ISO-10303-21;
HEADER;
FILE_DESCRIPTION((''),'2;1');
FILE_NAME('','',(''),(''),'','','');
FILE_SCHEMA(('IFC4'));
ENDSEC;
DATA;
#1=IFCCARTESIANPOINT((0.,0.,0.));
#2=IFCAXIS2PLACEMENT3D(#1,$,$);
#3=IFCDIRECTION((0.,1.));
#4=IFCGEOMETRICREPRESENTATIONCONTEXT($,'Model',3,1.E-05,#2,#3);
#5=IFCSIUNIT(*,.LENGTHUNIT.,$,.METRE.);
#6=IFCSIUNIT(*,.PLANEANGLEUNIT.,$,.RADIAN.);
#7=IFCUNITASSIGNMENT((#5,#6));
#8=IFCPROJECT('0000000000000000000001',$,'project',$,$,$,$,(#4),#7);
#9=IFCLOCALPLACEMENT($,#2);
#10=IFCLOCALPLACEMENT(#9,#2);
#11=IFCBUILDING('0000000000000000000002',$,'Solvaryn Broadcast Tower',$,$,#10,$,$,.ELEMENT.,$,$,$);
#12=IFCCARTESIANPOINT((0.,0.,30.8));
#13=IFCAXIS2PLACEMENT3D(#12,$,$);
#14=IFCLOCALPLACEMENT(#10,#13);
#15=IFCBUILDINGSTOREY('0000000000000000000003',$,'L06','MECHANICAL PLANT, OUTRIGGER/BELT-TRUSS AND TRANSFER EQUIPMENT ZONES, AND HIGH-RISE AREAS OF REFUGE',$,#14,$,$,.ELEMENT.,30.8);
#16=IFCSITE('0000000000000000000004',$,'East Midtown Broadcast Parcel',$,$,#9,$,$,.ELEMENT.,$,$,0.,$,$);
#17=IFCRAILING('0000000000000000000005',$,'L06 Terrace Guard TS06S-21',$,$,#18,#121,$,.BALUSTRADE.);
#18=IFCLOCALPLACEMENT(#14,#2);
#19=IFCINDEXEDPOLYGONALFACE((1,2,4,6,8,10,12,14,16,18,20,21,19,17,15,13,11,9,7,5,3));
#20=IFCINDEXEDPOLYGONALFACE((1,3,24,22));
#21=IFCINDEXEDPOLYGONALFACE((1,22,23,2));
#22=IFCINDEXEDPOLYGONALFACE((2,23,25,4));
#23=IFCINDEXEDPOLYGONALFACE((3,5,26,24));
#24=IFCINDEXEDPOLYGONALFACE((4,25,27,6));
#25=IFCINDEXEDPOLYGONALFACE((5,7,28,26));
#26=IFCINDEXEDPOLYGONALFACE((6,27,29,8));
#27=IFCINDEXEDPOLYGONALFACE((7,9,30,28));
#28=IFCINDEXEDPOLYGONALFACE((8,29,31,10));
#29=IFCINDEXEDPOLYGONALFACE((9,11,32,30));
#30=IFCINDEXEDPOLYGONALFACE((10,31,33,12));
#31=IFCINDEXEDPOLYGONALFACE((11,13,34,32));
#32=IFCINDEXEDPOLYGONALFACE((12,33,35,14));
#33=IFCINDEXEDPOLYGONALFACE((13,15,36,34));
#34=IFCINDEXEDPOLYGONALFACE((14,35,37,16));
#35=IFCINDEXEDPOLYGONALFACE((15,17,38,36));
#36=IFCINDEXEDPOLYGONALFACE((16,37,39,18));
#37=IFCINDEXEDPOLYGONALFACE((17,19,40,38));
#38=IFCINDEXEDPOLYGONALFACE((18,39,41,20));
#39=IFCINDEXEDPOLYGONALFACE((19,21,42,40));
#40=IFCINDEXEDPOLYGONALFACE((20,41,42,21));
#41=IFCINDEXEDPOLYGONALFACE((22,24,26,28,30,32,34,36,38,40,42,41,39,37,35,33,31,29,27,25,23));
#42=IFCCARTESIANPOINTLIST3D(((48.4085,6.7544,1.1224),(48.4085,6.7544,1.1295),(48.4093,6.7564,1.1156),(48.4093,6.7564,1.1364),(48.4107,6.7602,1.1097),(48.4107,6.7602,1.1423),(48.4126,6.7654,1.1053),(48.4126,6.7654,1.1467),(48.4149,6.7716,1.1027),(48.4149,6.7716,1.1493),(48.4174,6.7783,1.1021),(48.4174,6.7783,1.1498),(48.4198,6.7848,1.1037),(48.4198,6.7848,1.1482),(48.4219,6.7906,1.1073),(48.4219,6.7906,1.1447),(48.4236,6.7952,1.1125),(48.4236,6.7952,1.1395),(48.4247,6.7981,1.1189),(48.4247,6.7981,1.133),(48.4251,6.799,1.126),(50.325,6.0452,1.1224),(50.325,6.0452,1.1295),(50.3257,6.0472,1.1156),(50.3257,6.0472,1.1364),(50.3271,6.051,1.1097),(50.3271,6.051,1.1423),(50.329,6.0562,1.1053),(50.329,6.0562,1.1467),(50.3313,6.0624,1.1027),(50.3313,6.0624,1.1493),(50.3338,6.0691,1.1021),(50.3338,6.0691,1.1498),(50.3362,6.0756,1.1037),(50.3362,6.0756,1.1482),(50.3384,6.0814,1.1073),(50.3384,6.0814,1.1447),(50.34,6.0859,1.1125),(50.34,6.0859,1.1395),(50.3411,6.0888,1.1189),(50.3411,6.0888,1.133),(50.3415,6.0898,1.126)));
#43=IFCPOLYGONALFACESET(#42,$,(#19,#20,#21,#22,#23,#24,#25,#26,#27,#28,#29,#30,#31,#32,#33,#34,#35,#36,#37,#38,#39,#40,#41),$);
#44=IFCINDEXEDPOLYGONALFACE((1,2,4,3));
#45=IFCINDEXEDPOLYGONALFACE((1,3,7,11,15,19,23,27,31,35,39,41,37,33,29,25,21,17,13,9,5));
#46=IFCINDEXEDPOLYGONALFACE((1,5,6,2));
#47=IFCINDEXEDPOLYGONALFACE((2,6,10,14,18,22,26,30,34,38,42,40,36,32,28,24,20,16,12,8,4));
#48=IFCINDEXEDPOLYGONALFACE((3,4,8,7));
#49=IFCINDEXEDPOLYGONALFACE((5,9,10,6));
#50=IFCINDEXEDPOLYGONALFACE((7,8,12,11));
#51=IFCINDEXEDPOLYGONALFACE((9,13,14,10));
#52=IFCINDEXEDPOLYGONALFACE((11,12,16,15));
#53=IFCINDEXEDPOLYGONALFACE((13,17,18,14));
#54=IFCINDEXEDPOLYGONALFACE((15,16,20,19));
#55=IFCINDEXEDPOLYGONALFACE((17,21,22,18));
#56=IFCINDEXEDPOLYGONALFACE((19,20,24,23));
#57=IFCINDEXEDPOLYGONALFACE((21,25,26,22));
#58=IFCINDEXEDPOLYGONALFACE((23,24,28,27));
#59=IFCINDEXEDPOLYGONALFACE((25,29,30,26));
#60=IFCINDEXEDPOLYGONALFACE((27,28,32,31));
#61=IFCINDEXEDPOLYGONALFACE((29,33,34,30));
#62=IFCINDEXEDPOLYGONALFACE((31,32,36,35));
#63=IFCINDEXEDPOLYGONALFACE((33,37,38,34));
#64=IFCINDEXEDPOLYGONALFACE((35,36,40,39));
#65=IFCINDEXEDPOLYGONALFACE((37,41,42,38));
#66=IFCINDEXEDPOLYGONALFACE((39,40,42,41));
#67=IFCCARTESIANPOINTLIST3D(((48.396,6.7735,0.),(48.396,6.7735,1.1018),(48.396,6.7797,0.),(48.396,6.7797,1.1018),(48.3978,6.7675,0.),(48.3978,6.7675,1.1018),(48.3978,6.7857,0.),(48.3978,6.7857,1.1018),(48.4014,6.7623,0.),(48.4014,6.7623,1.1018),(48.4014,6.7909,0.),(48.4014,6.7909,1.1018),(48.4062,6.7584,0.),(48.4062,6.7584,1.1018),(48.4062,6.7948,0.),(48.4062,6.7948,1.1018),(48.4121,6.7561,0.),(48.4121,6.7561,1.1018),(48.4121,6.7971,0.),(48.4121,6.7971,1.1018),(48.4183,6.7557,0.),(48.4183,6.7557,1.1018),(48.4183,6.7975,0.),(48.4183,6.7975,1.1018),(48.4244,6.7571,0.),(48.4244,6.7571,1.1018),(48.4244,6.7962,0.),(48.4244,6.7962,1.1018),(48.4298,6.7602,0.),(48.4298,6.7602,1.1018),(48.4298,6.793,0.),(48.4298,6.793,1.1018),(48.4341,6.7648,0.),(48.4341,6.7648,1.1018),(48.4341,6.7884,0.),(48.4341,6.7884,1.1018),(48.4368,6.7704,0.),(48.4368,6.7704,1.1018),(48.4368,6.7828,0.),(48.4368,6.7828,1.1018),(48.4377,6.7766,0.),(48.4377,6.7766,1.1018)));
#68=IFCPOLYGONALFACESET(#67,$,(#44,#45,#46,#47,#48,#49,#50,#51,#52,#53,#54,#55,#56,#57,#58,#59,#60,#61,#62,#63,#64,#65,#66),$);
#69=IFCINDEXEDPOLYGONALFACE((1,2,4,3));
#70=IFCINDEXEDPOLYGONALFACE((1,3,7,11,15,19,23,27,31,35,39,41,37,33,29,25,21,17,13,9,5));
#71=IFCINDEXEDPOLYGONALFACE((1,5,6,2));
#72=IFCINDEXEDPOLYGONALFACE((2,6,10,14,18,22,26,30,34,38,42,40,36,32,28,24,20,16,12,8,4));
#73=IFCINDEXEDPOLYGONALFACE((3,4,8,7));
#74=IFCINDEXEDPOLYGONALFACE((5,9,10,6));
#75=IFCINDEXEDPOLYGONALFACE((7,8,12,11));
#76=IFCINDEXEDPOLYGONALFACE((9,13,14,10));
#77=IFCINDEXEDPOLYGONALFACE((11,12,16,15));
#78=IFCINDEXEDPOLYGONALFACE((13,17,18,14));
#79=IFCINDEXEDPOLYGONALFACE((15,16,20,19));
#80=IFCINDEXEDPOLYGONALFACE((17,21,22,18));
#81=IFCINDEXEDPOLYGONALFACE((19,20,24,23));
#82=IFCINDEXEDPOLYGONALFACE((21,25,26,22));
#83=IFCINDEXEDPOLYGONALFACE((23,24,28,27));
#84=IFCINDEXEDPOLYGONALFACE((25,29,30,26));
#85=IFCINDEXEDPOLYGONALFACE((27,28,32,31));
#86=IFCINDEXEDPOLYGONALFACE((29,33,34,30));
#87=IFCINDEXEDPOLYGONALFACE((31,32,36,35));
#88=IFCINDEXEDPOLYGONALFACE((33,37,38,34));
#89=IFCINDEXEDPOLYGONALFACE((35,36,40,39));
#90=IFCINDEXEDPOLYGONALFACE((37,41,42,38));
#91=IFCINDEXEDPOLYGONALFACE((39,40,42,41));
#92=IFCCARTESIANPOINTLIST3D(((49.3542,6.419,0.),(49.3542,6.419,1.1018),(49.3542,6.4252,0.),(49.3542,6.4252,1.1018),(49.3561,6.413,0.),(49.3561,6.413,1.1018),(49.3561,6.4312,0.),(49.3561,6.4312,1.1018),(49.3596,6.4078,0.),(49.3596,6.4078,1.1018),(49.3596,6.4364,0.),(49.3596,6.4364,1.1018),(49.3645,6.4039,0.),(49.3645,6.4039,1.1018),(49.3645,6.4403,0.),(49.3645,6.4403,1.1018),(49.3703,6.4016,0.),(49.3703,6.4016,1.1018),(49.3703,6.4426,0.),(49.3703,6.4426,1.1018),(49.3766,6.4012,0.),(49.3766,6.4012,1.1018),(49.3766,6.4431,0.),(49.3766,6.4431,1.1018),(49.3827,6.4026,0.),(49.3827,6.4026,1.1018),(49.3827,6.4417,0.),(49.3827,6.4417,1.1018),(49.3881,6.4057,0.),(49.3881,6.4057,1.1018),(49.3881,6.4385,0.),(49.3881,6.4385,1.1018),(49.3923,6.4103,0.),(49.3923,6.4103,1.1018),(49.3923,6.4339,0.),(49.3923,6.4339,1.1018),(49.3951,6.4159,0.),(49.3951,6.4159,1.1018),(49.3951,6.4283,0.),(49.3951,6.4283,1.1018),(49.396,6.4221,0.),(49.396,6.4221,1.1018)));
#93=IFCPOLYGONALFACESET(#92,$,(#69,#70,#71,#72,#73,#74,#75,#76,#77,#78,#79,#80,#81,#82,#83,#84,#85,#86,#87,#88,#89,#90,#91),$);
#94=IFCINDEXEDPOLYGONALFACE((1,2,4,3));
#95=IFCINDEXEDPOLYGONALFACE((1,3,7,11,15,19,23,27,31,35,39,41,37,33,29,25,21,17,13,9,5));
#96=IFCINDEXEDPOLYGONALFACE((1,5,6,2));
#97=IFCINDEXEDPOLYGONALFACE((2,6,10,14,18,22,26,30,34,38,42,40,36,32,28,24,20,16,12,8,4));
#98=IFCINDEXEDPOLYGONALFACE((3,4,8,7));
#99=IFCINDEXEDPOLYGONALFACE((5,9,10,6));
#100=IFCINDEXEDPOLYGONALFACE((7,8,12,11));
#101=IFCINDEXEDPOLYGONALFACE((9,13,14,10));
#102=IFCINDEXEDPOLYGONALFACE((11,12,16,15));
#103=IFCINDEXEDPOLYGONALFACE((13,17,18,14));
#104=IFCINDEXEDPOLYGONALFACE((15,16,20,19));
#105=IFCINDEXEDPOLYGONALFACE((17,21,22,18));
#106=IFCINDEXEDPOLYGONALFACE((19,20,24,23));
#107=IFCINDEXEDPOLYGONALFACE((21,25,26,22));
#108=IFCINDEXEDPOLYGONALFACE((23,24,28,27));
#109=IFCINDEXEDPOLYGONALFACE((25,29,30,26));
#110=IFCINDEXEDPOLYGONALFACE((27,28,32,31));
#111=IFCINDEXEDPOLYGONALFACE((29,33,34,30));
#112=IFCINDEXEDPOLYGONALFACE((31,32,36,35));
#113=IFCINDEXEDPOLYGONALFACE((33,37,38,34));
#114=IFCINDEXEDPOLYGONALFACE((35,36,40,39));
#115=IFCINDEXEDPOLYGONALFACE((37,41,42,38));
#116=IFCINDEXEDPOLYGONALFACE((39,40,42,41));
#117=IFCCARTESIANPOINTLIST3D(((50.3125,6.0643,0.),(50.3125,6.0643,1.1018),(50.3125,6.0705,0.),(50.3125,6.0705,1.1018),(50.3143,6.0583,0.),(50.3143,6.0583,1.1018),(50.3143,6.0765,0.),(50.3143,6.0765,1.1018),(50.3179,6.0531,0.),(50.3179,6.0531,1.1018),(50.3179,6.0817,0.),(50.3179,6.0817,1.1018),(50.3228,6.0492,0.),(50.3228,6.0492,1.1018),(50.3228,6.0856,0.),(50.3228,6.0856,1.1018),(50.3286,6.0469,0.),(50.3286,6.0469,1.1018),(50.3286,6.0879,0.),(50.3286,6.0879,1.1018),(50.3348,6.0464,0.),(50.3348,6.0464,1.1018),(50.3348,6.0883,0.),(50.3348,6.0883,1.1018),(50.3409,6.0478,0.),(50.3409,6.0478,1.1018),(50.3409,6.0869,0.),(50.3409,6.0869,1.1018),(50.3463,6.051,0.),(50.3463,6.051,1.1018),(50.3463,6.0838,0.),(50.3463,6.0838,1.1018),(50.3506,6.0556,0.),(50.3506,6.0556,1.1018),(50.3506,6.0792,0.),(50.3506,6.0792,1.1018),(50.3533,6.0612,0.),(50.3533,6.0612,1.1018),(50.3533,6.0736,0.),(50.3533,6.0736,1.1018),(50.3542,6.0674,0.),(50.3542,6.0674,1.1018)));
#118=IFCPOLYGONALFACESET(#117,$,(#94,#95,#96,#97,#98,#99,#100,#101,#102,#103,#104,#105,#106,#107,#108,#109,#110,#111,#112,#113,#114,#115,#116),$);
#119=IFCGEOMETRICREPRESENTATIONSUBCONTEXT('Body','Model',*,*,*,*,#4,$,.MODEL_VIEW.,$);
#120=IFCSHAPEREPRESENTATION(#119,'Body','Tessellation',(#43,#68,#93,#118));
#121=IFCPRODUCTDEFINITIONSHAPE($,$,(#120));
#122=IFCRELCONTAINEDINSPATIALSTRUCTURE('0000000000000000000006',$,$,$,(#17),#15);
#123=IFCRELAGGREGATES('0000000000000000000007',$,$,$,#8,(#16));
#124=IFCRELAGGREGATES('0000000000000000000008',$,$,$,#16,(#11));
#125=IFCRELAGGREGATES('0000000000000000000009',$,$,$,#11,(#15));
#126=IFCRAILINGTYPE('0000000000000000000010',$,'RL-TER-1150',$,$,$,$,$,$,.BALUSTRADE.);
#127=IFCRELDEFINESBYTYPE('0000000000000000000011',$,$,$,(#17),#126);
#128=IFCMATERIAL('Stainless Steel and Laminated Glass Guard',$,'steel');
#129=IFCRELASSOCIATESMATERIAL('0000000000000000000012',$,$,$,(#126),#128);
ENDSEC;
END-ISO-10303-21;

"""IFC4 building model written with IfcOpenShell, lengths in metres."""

from ifc_helpers import new_model, si_unit, direction, frame, origin, origin_2d, place, context, subcontext, project, spatial, circle, extrude, material, type_object, element, save


model = new_model("IFC4")

# Units and contexts
model_context = context("Model", 3, precision=1e-05, world=origin(), true_north=direction((0.0, 1.0)))
body_context = subcontext(model_context, "Body", "Model", "MODEL_VIEW")
ifc_project = project(units=[si_unit("LENGTHUNIT", "METRE"), si_unit("PLANEANGLEUNIT", "RADIAN")], contexts=[model_context])

# Site, building, storey
site_placement = place(None, origin())
site = spatial("IfcSite", under=ifc_project, at=site_placement, Name="East Midtown Broadcast Parcel", CompositionType="ELEMENT", RefElevation=0.0)
building_placement = place(site_placement, origin())
building = spatial("IfcBuilding", under=site, at=building_placement, Name="Solvaryn Broadcast Tower", CompositionType="ELEMENT")
storey_placement = place(building_placement, frame((0.0, 0.0, 30.8)))
storey = spatial("IfcBuildingStorey", under=building, at=storey_placement, Name="L06", Description="MECHANICAL PLANT, OUTRIGGER/BELT-TRUSS AND TRANSFER EQUIPMENT ZONES, AND HIGH-RISE AREAS OF REFUGE", CompositionType="ELEMENT", Elevation=30.8)

# Railing
ifc_material_1 = material(Name="Stainless Steel and Laminated Glass Guard", Category="steel")
railing_type = type_object("IfcRailingType", Name="RL-TER-1150", PredefinedType="BALUSTRADE", material=ifc_material_1)
railing_1_placement = place(storey_placement, frame((48.4167, 6.7766, 0.0)))
element("IfcRailing", 1, at=railing_1_placement, inside=storey, type_object=railing_type, Name="L06 Terrace Guard TS06S-21", PredefinedType="BALUSTRADE", context=body_context, shape_type="SweptSolid", body=[
    extrude(circle(Radius=0.0239, at=origin_2d()), frame((0.0, 0.0, 1.126), z_axis=(0.937842, -0.347061, 0.0), x_axis=(0.347061, 0.937842, 0.0)), (0.0, 0.0, 1.0), 2.0435),
    extrude(circle(Radius=0.021, at=origin_2d()), origin(), (0.0, 0.0, 1.0), 1.1018),
    extrude(circle(Radius=0.021, at=origin_2d()), frame((0.9583, -0.3545, 0.0)), (0.0, 0.0, 1.0), 1.1018),
    extrude(circle(Radius=0.021, at=origin_2d()), frame((1.9165, -0.7092, 0.0)), (0.0, 0.0, 1.0), 1.1018),
])

save(model, "model.ifc")
